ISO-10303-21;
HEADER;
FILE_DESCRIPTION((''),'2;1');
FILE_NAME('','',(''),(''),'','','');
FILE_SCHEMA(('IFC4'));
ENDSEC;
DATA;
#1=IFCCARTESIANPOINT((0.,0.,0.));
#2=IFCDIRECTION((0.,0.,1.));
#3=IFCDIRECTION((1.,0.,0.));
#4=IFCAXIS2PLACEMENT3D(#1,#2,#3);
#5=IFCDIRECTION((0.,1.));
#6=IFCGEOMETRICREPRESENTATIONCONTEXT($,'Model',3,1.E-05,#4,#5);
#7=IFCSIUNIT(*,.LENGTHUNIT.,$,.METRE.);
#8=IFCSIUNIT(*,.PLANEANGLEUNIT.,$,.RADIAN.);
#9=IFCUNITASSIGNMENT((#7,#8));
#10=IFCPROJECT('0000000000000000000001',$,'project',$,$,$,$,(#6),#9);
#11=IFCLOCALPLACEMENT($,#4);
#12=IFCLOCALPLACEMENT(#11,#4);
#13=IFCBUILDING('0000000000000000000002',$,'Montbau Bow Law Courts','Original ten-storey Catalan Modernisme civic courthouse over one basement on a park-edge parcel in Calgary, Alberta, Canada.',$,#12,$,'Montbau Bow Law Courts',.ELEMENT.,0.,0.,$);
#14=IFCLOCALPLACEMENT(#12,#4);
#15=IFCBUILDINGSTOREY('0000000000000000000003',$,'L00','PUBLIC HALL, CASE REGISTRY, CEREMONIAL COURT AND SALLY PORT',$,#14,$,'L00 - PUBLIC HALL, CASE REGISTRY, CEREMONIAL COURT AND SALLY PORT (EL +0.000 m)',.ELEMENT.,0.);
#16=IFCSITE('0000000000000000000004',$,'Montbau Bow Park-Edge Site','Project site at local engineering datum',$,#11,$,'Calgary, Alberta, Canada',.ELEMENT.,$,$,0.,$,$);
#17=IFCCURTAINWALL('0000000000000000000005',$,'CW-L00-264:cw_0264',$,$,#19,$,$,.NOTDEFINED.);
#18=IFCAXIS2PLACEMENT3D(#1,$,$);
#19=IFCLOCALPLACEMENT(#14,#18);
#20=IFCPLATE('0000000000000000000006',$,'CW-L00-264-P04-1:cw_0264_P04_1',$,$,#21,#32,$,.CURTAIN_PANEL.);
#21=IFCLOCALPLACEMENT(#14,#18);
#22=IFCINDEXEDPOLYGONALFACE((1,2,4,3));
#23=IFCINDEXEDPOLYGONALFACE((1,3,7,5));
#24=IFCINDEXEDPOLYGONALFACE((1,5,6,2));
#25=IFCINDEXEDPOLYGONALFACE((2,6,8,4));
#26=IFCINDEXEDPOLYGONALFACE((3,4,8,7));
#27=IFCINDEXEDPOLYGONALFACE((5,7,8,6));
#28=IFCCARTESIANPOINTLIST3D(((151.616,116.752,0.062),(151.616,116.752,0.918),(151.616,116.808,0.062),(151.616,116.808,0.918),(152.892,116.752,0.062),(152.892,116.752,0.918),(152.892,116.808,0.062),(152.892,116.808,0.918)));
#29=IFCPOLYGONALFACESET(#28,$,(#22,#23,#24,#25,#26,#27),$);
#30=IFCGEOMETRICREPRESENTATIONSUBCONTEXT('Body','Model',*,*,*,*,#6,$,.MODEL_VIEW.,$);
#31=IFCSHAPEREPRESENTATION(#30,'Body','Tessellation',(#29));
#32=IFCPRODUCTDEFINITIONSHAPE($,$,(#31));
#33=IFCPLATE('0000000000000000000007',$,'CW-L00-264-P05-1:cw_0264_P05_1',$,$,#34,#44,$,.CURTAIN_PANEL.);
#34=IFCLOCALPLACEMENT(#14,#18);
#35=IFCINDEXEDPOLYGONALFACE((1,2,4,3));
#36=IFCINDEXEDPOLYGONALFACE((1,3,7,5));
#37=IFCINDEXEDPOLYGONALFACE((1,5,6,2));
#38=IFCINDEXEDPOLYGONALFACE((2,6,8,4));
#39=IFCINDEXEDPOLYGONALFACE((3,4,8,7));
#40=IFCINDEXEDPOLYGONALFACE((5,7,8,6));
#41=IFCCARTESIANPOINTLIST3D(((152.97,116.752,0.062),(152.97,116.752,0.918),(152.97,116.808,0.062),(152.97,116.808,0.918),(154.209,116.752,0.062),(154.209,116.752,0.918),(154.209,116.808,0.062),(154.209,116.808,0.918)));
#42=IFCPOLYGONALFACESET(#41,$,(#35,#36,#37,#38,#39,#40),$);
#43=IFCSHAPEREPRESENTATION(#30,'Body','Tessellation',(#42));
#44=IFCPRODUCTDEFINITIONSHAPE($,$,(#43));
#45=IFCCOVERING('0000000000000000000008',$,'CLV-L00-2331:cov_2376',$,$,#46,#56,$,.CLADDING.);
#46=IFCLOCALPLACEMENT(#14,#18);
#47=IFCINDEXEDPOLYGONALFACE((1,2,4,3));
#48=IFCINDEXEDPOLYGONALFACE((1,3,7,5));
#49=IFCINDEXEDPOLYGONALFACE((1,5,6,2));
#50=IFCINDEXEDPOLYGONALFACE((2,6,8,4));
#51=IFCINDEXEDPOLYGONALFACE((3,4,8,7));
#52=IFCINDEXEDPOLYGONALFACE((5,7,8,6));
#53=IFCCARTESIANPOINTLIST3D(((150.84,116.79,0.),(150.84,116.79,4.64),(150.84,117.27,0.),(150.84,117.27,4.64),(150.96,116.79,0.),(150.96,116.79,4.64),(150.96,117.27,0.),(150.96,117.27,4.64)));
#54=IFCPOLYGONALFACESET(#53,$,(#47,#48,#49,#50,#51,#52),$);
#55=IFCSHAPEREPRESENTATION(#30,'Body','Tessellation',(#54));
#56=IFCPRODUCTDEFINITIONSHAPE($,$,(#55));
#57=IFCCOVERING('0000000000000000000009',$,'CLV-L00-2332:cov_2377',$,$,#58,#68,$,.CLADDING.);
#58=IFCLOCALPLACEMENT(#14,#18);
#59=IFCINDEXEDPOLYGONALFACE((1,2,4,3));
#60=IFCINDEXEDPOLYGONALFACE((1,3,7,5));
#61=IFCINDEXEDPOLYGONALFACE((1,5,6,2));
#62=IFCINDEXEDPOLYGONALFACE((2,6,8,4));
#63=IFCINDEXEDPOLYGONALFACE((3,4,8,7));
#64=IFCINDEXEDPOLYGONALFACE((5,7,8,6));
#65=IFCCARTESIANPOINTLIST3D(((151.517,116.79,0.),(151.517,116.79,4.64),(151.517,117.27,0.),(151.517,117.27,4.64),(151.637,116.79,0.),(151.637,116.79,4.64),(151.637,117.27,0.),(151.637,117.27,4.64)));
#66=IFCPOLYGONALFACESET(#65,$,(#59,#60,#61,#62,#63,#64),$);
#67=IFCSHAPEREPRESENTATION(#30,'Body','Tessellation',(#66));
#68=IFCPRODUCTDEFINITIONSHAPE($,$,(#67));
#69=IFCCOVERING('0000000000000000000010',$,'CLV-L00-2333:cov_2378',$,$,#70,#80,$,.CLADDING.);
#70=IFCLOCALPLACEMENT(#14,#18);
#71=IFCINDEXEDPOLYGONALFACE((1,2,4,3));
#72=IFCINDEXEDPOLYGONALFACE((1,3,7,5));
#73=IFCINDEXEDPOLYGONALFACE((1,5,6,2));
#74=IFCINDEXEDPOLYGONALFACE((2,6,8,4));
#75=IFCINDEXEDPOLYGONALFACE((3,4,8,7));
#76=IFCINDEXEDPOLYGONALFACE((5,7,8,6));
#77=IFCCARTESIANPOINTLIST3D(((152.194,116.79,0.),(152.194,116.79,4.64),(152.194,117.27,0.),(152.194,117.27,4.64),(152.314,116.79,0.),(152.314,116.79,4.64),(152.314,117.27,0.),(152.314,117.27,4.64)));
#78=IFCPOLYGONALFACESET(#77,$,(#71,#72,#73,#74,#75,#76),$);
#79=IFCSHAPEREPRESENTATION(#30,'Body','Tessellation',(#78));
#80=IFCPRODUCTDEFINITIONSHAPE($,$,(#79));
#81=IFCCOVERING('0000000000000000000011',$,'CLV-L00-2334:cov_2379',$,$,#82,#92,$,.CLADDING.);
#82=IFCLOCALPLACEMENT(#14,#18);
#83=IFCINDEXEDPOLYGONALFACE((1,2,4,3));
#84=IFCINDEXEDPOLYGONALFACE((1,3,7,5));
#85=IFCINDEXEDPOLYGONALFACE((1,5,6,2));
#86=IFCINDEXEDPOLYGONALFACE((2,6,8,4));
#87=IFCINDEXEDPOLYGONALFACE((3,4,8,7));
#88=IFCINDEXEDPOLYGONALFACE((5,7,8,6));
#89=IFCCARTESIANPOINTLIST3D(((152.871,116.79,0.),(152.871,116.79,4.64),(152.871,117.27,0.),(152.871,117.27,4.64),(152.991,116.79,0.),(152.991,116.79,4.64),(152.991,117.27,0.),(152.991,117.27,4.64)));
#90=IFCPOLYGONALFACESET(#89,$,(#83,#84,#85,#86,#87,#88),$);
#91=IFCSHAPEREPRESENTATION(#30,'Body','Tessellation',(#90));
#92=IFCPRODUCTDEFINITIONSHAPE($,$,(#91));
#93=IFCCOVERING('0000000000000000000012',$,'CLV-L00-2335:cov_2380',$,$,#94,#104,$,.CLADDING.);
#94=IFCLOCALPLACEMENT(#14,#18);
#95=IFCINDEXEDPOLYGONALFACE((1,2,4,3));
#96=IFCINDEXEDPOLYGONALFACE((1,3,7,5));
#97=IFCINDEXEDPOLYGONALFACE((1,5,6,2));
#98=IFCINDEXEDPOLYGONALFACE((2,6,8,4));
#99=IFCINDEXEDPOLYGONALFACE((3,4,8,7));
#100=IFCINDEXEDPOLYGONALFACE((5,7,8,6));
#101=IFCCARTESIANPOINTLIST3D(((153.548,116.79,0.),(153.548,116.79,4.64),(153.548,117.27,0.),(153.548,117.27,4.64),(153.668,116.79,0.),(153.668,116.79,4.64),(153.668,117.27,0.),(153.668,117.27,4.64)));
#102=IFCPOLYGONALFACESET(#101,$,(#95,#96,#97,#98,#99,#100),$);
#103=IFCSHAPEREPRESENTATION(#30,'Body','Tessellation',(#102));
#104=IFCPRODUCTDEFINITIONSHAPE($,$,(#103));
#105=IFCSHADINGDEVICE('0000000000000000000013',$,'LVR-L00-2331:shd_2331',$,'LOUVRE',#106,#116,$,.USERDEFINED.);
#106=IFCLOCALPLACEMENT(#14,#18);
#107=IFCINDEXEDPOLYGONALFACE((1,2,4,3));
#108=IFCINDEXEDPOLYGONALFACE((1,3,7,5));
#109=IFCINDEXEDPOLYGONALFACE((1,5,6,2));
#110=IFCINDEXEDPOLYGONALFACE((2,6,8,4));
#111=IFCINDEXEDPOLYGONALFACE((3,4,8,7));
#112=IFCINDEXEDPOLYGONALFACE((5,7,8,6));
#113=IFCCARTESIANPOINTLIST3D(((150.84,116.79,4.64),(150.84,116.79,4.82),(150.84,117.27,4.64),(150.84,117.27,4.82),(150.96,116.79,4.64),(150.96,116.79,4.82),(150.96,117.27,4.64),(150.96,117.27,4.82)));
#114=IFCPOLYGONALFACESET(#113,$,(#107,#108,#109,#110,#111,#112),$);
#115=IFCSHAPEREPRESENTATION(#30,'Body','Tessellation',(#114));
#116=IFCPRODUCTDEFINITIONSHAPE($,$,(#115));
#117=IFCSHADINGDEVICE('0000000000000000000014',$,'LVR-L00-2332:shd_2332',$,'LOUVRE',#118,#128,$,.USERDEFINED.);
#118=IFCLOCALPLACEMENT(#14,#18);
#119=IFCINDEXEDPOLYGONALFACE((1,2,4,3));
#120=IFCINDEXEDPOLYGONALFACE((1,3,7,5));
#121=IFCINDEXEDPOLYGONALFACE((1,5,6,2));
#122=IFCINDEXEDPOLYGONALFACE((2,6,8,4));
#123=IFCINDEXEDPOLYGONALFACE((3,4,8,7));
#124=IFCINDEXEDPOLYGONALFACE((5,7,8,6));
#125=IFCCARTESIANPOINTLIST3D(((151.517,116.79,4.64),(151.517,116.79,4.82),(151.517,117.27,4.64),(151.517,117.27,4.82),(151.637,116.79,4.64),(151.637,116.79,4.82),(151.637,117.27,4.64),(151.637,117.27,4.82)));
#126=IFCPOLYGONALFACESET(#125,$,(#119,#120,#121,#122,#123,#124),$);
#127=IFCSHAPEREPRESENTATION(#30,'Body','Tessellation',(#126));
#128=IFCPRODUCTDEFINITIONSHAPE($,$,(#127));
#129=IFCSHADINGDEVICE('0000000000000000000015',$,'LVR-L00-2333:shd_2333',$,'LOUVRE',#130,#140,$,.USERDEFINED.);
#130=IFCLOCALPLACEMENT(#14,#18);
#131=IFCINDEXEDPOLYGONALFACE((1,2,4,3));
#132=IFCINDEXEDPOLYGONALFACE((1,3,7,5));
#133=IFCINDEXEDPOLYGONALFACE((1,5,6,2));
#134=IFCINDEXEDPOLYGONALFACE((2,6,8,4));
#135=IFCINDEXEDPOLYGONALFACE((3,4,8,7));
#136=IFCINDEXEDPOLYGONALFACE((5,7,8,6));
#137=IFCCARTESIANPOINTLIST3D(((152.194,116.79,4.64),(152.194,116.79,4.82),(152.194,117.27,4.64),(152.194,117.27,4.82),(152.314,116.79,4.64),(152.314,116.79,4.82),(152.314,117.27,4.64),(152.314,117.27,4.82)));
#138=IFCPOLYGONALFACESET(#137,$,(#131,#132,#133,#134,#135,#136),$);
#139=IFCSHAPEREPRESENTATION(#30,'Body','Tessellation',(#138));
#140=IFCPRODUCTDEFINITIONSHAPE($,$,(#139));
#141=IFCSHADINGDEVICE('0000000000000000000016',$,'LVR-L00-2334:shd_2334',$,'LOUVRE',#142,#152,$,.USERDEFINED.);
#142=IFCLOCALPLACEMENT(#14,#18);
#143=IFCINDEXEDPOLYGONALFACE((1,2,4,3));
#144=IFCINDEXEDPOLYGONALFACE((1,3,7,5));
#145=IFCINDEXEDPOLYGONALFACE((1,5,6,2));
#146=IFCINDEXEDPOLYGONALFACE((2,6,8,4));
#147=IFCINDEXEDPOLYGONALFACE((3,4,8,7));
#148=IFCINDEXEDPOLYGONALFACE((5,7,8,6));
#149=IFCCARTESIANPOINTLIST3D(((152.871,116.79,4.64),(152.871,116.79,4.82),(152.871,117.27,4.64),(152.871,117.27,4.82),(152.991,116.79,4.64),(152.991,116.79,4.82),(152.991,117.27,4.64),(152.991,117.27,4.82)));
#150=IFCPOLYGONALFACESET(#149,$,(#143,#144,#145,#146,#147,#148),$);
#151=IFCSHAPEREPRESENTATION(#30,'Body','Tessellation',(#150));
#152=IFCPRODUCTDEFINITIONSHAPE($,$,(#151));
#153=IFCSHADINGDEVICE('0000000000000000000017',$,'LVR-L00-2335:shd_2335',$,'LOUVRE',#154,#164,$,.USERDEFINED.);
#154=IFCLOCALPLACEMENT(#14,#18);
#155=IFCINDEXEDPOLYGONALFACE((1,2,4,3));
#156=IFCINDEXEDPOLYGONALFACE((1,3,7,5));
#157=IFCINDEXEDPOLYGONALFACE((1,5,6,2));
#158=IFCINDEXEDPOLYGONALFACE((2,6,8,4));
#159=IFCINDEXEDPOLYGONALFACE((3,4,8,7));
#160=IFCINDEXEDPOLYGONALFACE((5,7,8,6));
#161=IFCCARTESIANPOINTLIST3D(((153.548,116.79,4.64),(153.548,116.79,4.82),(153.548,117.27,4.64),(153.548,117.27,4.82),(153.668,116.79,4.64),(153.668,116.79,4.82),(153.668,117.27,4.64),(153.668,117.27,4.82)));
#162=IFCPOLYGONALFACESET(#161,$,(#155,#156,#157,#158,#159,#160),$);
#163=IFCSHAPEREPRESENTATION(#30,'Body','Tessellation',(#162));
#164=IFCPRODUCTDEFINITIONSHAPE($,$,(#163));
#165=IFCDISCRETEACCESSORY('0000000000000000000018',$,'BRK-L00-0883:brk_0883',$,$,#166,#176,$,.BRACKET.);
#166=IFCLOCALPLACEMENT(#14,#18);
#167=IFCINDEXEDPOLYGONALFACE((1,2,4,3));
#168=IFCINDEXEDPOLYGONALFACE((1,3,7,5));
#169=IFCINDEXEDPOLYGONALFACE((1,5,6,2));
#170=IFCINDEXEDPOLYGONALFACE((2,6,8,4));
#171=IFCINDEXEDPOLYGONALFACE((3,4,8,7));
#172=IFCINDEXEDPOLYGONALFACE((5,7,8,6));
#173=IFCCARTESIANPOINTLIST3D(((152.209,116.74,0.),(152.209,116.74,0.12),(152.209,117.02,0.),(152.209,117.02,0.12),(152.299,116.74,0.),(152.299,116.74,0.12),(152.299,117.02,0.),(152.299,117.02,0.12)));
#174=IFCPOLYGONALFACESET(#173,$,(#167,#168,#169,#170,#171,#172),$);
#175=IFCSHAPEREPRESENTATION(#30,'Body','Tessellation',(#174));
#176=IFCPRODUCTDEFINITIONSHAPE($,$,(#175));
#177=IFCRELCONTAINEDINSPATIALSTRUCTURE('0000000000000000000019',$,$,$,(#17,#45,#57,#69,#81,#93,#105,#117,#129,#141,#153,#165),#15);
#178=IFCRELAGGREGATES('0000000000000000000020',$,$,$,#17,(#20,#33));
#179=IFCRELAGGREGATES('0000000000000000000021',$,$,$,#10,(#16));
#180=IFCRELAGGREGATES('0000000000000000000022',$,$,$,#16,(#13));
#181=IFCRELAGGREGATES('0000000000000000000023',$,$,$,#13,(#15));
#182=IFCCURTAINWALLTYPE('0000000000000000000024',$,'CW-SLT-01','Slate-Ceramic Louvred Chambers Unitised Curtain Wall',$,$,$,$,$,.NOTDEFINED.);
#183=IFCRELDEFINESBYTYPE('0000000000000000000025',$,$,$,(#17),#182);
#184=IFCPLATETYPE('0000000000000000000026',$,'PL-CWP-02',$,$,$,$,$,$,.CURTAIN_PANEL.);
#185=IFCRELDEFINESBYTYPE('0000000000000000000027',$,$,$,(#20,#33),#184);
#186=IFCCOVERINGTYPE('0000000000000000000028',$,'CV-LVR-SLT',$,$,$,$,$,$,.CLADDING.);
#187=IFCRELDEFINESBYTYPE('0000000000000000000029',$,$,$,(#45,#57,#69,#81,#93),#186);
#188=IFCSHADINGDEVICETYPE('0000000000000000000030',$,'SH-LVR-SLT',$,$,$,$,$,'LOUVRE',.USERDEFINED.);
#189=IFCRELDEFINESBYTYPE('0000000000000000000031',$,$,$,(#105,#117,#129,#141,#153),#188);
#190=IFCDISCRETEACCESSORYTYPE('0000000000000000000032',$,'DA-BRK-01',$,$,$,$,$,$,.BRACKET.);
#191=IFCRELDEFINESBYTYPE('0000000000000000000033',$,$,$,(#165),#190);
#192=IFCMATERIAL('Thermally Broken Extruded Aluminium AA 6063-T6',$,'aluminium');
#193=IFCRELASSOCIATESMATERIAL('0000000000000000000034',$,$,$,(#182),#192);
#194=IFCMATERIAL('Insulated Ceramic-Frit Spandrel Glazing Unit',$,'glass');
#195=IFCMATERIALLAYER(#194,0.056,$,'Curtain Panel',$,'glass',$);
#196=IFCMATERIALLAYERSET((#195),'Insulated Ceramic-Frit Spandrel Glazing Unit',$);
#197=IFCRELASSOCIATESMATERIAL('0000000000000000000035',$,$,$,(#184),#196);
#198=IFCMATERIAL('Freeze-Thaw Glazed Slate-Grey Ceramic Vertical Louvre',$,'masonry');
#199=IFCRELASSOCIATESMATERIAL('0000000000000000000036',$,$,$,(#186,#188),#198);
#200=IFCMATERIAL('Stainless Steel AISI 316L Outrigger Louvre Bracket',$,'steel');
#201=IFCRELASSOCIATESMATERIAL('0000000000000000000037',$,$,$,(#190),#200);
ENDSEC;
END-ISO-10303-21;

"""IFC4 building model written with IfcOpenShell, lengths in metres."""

from ifc_helpers import new_model, si_unit, direction, frame, frame_2d, origin_with_axes, origin_2d_with_axis, place, context, subcontext, project, spatial, rectangle, extrude, material, layer, layer_set, type_object, element, aggregate, save


model = new_model("IFC4")

# Units and contexts
model_context = context("Model", 3, precision=1e-05, world=origin_with_axes(), true_north=direction((0.0, 1.0)))
body_context = subcontext(model_context, "Body", "Model", "MODEL_VIEW")
ifc_project = project(units=[si_unit("LENGTHUNIT", "METRE"), si_unit("PLANEANGLEUNIT", "RADIAN")], contexts=[model_context])

# Site, building, storey
site_placement = place(None, origin_with_axes())
site = spatial("IfcSite", under=ifc_project, at=site_placement, Name="Montbau Bow Park-Edge Site", Description="Project site at local engineering datum", LongName="Calgary, Alberta, Canada", CompositionType="ELEMENT", RefElevation=0.0)
building_placement = place(site_placement, origin_with_axes())
building = spatial("IfcBuilding", under=site, at=building_placement, Name="Montbau Bow Law Courts", Description="Original ten-storey Catalan Modernisme civic courthouse over one basement on a park-edge parcel in Calgary, Alberta, Canada.", LongName="Montbau Bow Law Courts", CompositionType="ELEMENT", ElevationOfRefHeight=0.0, ElevationOfTerrain=0.0)
storey_placement = place(building_placement, origin_with_axes())
storey = spatial("IfcBuildingStorey", under=building, at=storey_placement, Name="L00", Description="PUBLIC HALL, CASE REGISTRY, CEREMONIAL COURT AND SALLY PORT", LongName="L00 - PUBLIC HALL, CASE REGISTRY, CEREMONIAL COURT AND SALLY PORT (EL +0.000 m)", CompositionType="ELEMENT", Elevation=0.0)

# Curtain wall, plates
ifc_material_1 = material(Name="Thermally Broken Extruded Aluminium AA 6063-T6", Category="aluminium")
curtain_wall_type = type_object("IfcCurtainWallType", Name="CW-SLT-01", Description="Slate-Ceramic Louvred Chambers Unitised Curtain Wall", PredefinedType="NOTDEFINED", material=ifc_material_1)
curtain_wall_placement = place(None, frame((147.515, 116.78, 0.0), z_axis=(0.0, 0.0, 1.0), x_axis=(1.0, 0.0, 0.0)))
curtain_wall = element("IfcCurtainWall", 1, at=curtain_wall_placement, inside=storey, type_object=curtain_wall_type, Name="CW-L00-264:cw_0264", PredefinedType="NOTDEFINED")
ifc_material_2 = material(Name="Insulated Ceramic-Frit Spandrel Glazing Unit", Category="glass")
ifc_layer_1 = layer(ifc_material_2, 0.056, Name="Curtain Panel", Category="glass")
ifc_layer_set_1 = layer_set([ifc_layer_1], Name="Insulated Ceramic-Frit Spandrel Glazing Unit")
plate_type_1 = type_object("IfcPlateType", Name="PL-CWP-02", PredefinedType="CURTAIN_PANEL", material=ifc_layer_set_1)
plate_1_placement = place(None, frame((151.616, 116.78, 0.062), z_axis=(0.0, -1.0, 0.0), x_axis=(1.0, 0.0, 0.0)))
plate_1 = element("IfcPlate", 2, at=plate_1_placement, type_object=plate_type_1, Name="CW-L00-264-P04-1:cw_0264_P04_1", PredefinedType="CURTAIN_PANEL", context=body_context, shape_type="SweptSolid", body=[
    extrude(rectangle(XDim=1.276, YDim=0.856, at=frame_2d((0.638, 0.428), x_axis=(1.0, 0.0))), frame((0.0, 0.0, -0.028), z_axis=(0.0, 0.0, 1.0), x_axis=(1.0, 0.0, 0.0)), (0.0, 0.0, 1.0), 0.056),
])
plate_2_placement = place(None, frame((152.97, 116.78, 0.062), z_axis=(0.0, -1.0, 0.0), x_axis=(1.0, 0.0, 0.0)))
plate_2 = element("IfcPlate", 3, at=plate_2_placement, type_object=plate_type_1, Name="CW-L00-264-P05-1:cw_0264_P05_1", PredefinedType="CURTAIN_PANEL", context=body_context, shape_type="SweptSolid", body=[
    extrude(rectangle(XDim=1.239, YDim=0.856, at=frame_2d((0.6195, 0.428), x_axis=(1.0, 0.0))), frame((0.0, 0.0, -0.028), z_axis=(0.0, 0.0, 1.0), x_axis=(1.0, 0.0, 0.0)), (0.0, 0.0, 1.0), 0.056),
])
aggregate(curtain_wall, [plate_1, plate_2])

# Coverings
ifc_material_3 = material(Name="Freeze-Thaw Glazed Slate-Grey Ceramic Vertical Louvre", Category="masonry")
covering_type = type_object("IfcCoveringType", Name="CV-LVR-SLT", PredefinedType="CLADDING", material=ifc_material_3)
for number, where, z_axis, x_axis, name in (
    (4, (150.9, 116.79, 0.0), (1.0, 0.0, 0.0), (0.0, 1.0, 0.0), "CLV-L00-2331:cov_2376"),
    (5, (151.577, 116.79, 0.0), (1.0, 0.0, 0.0), (0.0, 1.0, 0.0), "CLV-L00-2332:cov_2377"),
    (6, (152.254, 116.79, 0.0), (1.0, 0.0, 0.0), (0.0, 1.0, 0.0), "CLV-L00-2333:cov_2378"),
    (7, (152.931, 116.79, 0.0), (1.0, 0.0, 0.0), (0.0, 1.0, 0.0), "CLV-L00-2334:cov_2379"),
    (8, (153.608, 116.79, 0.0), (1.0, 0.0, 0.0), (0.0, 1.0, 0.0), "CLV-L00-2335:cov_2380"),
):
    element("IfcCovering", number, at=place(None, frame(where, z_axis=z_axis, x_axis=x_axis)), inside=storey, type_object=covering_type, Name=name, PredefinedType="CLADDING", context=body_context, shape_type="SweptSolid", body=[
        extrude(rectangle(XDim=0.48, YDim=4.64, at=frame_2d((0.24, 2.32), x_axis=(1.0, 0.0))), frame((0.0, 0.0, -0.06), z_axis=(0.0, 0.0, 1.0), x_axis=(1.0, 0.0, 0.0)), (0.0, 0.0, 1.0), 0.12),
    ])

# Shading devices
shading_device_type = type_object("IfcShadingDeviceType", Name="SH-LVR-SLT", ElementType="LOUVRE", PredefinedType="USERDEFINED", material=ifc_material_3)
for number, where, z_axis, x_axis, name in (
    (9, (150.9, 117.03, 4.64), (0.0, 0.0, 1.0), (0.0, 1.0, 0.0), "LVR-L00-2331:shd_2331"),
    (10, (151.577, 117.03, 4.64), (0.0, 0.0, 1.0), (0.0, 1.0, 0.0), "LVR-L00-2332:shd_2332"),
    (11, (152.254, 117.03, 4.64), (0.0, 0.0, 1.0), (0.0, 1.0, 0.0), "LVR-L00-2333:shd_2333"),
    (12, (152.931, 117.03, 4.64), (0.0, 0.0, 1.0), (0.0, 1.0, 0.0), "LVR-L00-2334:shd_2334"),
    (13, (153.608, 117.03, 4.64), (0.0, 0.0, 1.0), (0.0, 1.0, 0.0), "LVR-L00-2335:shd_2335"),
):
    element("IfcShadingDevice", number, at=place(None, frame(where, z_axis=z_axis, x_axis=x_axis)), inside=storey, type_object=shading_device_type, Name=name, ObjectType="LOUVRE", PredefinedType="USERDEFINED", context=body_context, shape_type="SweptSolid", body=[
        extrude(rectangle(XDim=0.48, YDim=0.12, at=origin_2d_with_axis()), origin_with_axes(), (0.0, 0.0, 1.0), 0.18),
    ])

# Discrete accessory
ifc_material_4 = material(Name="Stainless Steel AISI 316L Outrigger Louvre Bracket", Category="steel")
discrete_accessory_type = type_object("IfcDiscreteAccessoryType", Name="DA-BRK-01", PredefinedType="BRACKET", material=ifc_material_4)
discrete_accessory_placement = place(None, frame((152.254, 116.88, 0.0), z_axis=(0.0, 0.0, 1.0), x_axis=(0.0, 1.0, 0.0)))
element("IfcDiscreteAccessory", 14, at=discrete_accessory_placement, inside=storey, type_object=discrete_accessory_type, Name="BRK-L00-0883:brk_0883", PredefinedType="BRACKET", context=body_context, shape_type="SweptSolid", body=[
    extrude(rectangle(XDim=0.28, YDim=0.09, at=origin_2d_with_axis()), origin_with_axes(), (0.0, 0.0, 1.0), 0.12),
])

save(model, "model.ifc")
